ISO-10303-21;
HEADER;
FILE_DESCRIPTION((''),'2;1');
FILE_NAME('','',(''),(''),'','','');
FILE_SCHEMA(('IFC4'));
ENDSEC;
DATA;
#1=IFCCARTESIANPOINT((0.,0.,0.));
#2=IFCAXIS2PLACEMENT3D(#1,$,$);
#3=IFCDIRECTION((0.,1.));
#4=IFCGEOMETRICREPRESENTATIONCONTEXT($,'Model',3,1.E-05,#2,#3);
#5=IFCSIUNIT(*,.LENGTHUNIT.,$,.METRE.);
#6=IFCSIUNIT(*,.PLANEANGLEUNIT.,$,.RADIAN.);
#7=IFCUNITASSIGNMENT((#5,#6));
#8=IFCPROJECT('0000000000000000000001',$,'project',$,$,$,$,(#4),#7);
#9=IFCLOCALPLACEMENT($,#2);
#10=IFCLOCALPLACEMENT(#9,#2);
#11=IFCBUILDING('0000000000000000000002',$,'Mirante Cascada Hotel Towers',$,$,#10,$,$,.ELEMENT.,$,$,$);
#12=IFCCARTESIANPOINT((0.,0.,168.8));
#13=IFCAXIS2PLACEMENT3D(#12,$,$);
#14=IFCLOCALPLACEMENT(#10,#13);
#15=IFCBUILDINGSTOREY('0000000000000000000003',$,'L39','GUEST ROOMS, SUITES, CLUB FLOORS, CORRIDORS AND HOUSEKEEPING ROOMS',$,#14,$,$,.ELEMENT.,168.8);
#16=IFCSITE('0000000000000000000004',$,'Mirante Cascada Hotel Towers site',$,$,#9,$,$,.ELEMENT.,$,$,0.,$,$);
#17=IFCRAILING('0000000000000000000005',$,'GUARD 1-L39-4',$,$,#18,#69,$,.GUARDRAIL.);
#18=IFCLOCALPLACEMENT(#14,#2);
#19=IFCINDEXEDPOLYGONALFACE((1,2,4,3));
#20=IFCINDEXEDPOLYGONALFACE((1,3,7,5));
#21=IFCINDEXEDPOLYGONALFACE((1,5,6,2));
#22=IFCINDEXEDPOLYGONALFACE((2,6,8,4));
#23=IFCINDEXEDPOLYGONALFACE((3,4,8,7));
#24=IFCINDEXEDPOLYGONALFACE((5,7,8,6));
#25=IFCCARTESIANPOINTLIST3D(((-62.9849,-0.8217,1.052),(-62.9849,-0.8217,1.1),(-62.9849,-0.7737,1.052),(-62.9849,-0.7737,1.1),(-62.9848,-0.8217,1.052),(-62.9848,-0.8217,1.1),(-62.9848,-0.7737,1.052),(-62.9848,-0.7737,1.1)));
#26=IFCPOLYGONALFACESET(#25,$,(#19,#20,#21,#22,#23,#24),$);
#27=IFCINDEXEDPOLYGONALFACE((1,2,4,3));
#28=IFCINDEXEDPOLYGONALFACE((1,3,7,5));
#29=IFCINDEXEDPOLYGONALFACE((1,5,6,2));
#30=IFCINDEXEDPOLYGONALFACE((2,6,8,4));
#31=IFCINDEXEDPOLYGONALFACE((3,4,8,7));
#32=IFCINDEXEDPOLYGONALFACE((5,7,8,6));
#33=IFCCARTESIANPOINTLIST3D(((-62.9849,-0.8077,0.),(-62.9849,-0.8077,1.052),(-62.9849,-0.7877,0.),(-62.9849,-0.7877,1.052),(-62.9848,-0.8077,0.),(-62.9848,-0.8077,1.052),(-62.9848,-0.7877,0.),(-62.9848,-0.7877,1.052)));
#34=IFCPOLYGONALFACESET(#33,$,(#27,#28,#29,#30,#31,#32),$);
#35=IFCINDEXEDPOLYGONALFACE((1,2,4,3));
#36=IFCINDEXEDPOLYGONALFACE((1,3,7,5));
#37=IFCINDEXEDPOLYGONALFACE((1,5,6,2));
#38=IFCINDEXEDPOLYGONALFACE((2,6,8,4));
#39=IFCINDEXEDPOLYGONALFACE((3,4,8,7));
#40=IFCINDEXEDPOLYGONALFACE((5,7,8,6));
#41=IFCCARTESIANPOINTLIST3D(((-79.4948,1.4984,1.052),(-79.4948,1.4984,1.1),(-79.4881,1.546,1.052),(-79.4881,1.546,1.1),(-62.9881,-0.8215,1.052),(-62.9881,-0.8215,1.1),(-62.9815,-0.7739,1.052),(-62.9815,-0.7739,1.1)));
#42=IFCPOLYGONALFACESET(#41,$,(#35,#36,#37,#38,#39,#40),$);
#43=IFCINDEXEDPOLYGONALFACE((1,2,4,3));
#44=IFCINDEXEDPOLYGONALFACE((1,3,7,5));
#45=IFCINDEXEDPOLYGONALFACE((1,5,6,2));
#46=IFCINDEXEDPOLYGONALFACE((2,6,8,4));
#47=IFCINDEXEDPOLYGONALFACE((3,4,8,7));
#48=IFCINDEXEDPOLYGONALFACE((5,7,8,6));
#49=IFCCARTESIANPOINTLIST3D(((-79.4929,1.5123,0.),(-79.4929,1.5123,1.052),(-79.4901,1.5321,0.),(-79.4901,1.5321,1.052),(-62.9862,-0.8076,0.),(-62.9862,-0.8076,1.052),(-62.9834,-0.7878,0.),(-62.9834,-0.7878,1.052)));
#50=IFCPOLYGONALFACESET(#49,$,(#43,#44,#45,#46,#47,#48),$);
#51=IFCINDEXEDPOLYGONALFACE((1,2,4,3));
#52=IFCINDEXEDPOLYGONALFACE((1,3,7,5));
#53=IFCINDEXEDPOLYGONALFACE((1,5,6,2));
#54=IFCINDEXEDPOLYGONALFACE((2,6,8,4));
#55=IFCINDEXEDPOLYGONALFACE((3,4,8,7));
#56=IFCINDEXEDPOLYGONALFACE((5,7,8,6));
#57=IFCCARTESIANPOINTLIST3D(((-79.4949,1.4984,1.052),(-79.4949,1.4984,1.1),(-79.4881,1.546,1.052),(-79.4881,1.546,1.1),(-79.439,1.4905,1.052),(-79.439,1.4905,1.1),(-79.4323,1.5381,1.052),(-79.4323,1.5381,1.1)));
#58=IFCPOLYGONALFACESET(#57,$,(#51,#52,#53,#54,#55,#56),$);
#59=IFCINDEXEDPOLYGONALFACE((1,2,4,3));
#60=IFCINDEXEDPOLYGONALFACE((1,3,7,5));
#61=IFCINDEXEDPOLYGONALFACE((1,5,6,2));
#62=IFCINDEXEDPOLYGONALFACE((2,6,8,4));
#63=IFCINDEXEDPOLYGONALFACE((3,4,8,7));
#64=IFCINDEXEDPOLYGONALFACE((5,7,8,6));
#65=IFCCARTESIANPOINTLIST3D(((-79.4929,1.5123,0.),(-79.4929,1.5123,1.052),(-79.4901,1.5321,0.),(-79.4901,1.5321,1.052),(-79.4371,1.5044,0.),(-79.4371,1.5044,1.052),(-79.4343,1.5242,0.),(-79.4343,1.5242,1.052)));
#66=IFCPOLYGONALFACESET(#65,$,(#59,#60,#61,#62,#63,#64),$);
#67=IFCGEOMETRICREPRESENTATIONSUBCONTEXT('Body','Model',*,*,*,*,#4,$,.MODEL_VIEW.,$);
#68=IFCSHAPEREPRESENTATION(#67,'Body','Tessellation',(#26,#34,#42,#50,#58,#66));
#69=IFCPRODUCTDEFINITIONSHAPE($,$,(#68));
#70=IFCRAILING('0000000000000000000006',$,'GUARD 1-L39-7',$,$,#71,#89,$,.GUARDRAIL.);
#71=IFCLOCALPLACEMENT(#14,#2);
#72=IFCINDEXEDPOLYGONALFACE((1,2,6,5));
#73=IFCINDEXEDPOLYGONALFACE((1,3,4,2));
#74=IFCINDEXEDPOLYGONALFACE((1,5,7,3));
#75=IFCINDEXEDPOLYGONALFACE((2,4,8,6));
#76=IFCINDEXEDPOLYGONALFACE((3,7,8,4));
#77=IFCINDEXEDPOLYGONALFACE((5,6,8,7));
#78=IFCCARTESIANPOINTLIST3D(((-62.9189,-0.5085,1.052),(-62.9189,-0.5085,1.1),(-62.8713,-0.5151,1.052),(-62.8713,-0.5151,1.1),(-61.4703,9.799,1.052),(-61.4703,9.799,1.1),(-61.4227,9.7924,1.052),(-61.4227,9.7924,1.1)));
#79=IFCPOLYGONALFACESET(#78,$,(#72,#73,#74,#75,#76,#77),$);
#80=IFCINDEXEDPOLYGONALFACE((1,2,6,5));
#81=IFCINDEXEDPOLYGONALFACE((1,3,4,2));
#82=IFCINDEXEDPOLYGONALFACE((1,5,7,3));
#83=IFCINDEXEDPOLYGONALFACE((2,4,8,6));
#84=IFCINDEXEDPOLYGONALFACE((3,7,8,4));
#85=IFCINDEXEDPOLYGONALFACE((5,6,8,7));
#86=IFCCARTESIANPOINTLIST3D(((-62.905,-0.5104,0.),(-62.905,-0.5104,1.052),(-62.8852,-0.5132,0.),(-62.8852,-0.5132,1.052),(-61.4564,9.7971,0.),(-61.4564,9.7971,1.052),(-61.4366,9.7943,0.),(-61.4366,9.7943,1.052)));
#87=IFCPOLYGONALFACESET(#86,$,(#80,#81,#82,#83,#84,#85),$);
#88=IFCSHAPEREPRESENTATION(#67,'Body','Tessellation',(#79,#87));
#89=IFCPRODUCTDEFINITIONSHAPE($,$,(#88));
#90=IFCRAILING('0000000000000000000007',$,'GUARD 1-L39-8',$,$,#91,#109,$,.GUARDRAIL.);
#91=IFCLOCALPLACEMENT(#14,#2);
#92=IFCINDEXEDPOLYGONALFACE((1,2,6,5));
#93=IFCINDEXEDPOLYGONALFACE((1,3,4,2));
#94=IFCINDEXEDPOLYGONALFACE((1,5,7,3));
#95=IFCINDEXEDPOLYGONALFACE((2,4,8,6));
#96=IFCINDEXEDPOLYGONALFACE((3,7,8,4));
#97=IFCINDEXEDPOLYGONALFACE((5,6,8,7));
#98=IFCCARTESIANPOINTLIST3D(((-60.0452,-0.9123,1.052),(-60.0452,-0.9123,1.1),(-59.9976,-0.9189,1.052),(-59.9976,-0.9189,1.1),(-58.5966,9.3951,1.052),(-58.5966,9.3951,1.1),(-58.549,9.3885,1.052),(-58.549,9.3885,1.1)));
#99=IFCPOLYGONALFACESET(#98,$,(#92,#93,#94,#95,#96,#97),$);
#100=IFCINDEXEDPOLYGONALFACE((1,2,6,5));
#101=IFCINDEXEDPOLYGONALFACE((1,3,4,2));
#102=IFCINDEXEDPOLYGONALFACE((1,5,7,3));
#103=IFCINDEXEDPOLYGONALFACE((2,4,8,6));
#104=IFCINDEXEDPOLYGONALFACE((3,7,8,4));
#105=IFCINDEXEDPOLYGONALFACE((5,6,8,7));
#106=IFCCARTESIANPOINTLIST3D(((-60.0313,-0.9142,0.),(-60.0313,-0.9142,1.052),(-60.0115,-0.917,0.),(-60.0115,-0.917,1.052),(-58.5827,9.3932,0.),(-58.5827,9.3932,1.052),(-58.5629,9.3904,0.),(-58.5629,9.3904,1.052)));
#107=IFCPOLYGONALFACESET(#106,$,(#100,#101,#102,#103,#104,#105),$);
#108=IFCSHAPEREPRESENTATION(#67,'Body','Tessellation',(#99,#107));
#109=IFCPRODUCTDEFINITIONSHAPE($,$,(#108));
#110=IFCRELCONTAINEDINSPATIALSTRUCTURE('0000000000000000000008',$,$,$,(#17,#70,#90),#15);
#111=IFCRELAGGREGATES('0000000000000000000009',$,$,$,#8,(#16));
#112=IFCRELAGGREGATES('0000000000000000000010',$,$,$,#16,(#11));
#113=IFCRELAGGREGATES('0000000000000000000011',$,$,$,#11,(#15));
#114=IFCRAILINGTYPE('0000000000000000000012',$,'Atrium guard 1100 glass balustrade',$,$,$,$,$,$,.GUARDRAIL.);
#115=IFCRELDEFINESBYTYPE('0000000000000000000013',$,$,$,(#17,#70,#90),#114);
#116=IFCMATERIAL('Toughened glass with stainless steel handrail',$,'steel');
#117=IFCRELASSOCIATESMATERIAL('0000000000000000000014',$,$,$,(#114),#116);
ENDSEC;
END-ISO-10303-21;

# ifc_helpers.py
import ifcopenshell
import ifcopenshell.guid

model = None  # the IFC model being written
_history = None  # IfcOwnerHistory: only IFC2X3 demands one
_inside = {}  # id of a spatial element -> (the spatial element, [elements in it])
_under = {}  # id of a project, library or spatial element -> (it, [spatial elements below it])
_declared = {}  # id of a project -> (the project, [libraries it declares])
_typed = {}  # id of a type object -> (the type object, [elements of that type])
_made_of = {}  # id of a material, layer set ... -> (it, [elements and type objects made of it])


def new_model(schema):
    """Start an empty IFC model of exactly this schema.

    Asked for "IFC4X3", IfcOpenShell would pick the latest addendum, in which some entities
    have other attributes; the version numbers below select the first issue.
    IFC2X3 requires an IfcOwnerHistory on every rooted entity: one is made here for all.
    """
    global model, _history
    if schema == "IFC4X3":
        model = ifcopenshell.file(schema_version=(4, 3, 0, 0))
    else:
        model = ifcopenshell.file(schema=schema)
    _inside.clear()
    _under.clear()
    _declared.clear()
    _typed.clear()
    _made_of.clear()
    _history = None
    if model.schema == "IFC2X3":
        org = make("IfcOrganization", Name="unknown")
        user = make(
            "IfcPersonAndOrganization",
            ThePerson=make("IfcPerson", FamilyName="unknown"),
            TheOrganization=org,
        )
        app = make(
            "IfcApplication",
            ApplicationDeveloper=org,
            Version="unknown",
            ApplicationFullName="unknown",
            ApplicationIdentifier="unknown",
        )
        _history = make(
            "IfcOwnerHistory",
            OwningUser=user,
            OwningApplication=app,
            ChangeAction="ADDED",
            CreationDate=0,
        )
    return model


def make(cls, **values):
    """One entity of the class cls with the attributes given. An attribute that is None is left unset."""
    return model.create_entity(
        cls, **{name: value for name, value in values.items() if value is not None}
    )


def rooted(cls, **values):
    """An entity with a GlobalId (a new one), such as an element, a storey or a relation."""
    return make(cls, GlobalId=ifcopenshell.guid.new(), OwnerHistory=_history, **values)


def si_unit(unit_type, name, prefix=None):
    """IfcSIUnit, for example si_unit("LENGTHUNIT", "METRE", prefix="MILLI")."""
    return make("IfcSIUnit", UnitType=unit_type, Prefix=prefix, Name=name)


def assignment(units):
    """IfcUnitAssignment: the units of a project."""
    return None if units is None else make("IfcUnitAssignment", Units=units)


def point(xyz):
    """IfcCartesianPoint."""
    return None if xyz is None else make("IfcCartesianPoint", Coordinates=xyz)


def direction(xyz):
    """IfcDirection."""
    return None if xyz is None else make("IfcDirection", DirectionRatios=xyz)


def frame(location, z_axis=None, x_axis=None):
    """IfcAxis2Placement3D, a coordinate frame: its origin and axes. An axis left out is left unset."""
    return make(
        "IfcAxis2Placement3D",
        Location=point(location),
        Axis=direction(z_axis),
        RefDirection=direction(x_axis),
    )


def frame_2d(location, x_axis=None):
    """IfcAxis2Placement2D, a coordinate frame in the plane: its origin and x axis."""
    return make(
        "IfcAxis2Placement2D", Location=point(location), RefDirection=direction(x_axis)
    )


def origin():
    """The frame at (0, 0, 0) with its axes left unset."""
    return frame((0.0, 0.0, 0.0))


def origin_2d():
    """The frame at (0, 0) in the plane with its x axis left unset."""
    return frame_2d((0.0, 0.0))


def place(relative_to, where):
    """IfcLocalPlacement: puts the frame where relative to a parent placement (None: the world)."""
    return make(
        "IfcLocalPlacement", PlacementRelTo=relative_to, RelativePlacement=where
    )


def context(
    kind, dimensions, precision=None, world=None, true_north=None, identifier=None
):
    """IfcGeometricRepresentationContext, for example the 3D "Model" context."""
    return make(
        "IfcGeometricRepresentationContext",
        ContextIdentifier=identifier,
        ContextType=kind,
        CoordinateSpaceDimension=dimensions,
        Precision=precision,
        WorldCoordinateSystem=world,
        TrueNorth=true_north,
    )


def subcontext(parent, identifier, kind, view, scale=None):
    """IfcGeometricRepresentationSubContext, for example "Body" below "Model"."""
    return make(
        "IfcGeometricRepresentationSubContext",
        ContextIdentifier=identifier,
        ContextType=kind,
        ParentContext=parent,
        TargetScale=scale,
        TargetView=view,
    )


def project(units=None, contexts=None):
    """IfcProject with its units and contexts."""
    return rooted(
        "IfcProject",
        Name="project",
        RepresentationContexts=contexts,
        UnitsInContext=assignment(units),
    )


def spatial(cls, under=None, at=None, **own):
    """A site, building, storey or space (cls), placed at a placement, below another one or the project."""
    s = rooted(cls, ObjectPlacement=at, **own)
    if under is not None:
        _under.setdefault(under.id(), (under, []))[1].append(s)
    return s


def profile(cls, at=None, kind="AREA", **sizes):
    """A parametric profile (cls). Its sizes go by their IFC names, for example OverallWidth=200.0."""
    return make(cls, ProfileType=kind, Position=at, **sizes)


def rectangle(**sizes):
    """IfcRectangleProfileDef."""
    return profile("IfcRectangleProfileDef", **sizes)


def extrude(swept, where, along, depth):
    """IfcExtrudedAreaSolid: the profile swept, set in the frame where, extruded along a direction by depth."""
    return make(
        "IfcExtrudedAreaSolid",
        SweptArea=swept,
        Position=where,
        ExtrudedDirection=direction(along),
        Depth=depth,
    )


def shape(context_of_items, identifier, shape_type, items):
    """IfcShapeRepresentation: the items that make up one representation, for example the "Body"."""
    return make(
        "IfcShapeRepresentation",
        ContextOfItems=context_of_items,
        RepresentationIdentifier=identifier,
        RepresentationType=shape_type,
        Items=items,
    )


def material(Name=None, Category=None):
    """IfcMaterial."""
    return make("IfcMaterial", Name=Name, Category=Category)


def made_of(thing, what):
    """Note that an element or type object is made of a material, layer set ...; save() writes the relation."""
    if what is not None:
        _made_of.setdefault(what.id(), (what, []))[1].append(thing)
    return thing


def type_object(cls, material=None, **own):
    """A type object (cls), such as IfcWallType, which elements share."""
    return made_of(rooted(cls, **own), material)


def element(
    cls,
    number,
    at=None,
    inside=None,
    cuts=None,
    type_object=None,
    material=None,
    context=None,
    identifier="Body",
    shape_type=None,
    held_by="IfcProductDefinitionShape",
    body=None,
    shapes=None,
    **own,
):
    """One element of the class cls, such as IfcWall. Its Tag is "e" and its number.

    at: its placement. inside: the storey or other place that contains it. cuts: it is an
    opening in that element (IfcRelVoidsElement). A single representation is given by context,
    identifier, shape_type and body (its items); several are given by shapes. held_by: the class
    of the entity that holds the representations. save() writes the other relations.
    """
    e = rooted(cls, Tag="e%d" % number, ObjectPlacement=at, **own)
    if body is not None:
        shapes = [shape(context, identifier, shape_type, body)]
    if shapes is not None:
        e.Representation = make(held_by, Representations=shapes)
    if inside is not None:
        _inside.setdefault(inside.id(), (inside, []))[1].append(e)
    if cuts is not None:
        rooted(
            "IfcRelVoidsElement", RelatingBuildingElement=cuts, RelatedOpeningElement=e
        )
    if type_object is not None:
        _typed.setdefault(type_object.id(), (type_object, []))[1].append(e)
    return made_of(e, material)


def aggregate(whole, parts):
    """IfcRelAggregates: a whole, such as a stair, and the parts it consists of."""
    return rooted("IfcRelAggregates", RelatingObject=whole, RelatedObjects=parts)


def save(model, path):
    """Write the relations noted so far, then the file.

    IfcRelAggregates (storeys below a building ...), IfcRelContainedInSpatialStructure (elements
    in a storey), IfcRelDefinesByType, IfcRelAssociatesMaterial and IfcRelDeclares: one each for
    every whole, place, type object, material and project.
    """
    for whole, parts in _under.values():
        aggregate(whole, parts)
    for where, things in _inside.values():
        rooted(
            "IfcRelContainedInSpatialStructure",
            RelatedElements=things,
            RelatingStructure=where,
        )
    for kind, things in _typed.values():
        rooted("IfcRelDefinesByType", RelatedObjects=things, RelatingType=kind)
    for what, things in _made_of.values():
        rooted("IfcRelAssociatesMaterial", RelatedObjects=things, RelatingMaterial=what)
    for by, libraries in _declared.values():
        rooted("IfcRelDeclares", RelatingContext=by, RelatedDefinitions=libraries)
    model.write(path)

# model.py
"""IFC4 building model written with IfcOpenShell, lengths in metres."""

from ifc_helpers import new_model, si_unit, direction, frame, origin, origin_2d, place, context, subcontext, project, spatial, rectangle, extrude, material, type_object, element, save


model = new_model("IFC4")

# Units and contexts
model_context = context("Model", 3, precision=1e-05, world=origin(), true_north=direction((0.0, 1.0)))
body_context = subcontext(model_context, "Body", "Model", "MODEL_VIEW")
ifc_project = project(units=[si_unit("LENGTHUNIT", "METRE"), si_unit("PLANEANGLEUNIT", "RADIAN")], contexts=[model_context])

# Site, building, storey
site_placement = place(None, origin())
site = spatial("IfcSite", under=ifc_project, at=site_placement, Name="Mirante Cascada Hotel Towers site", CompositionType="ELEMENT", RefElevation=0.0)
building_placement = place(site_placement, origin())
building = spatial("IfcBuilding", under=site, at=building_placement, Name="Mirante Cascada Hotel Towers", CompositionType="ELEMENT")
storey_placement = place(building_placement, frame((0.0, 0.0, 168.8)))
storey = spatial("IfcBuildingStorey", under=building, at=storey_placement, Name="L39", Description="GUEST ROOMS, SUITES, CLUB FLOORS, CORRIDORS AND HOUSEKEEPING ROOMS", CompositionType="ELEMENT", Elevation=168.8)

# Railings
ifc_material_1 = material(Name="Toughened glass with stainless steel handrail", Category="steel")
railing_type = type_object("IfcRailingType", Name="Atrium guard 1100 glass balustrade", PredefinedType="GUARDRAIL", material=ifc_material_1)
railing_1_placement = place(storey_placement, frame((-62.9849, -0.7977, 0.0)))
element("IfcRailing", 1, at=railing_1_placement, inside=storey, type_object=railing_type, Name="GUARD 1-L39-4", PredefinedType="GUARDRAIL", context=body_context, shape_type="SweptSolid", body=[
    extrude(rectangle(XDim=0.048, YDim=0.048, at=origin_2d()), frame((0.0, 0.0, 1.076), z_axis=(1.0, 0.0, 0.0), x_axis=(0.0, 1.0, 0.0)), (0.0, 0.0, 1.0), 0.0001),
    extrude(rectangle(XDim=0.02, YDim=1.052, at=origin_2d()), frame((0.0, 0.0, 0.526), z_axis=(1.0, 0.0, 0.0), x_axis=(0.0, 1.0, 0.0)), (0.0, 0.0, 1.0), 0.0001),
    extrude(rectangle(XDim=0.048, YDim=0.048, at=origin_2d()), frame((0.0001, 0.0, 1.076), z_axis=(-0.990268, 0.139175, 0.0), x_axis=(-0.139175, -0.990268, 0.0)), (0.0, 0.0, 1.0), 16.6689),
    extrude(rectangle(XDim=0.02, YDim=1.052, at=origin_2d()), frame((0.0001, 0.0, 0.526), z_axis=(-0.990268, 0.139175, 0.0), x_axis=(-0.139175, -0.990268, 0.0)), (0.0, 0.0, 1.0), 16.6689),
    extrude(rectangle(XDim=0.048, YDim=0.048, at=origin_2d()), frame((-16.5066, 2.3199, 1.076), z_axis=(0.990126, -0.140179, 0.0), x_axis=(0.140179, 0.990126, 0.0)), (0.0, 0.0, 1.0), 0.0564),
    extrude(rectangle(XDim=0.02, YDim=1.052, at=origin_2d()), frame((-16.5066, 2.3199, 0.526), z_axis=(0.990126, -0.140179, 0.0), x_axis=(0.140179, 0.990126, 0.0)), (0.0, 0.0, 1.0), 0.0564),
])
railing_2_placement = place(storey_placement, frame((-62.8951, -0.5118, 0.0)))
element("IfcRailing", 2, at=railing_2_placement, inside=storey, type_object=railing_type, Name="GUARD 1-L39-7", PredefinedType="GUARDRAIL", context=body_context, shape_type="SweptSolid", body=[
    extrude(rectangle(XDim=0.048, YDim=0.048, at=origin_2d()), frame((0.0, 0.0, 1.076), z_axis=(0.139171, 0.990268, 0.0), x_axis=(-0.990268, 0.139171, 0.0)), (0.0, 0.0, 1.0), 10.4088),
    extrude(rectangle(XDim=0.02, YDim=1.052, at=origin_2d()), frame((0.0, 0.0, 0.526), z_axis=(0.139171, 0.990268, 0.0), x_axis=(-0.990268, 0.139171, 0.0)), (0.0, 0.0, 1.0), 10.4088),
])
railing_3_placement = place(storey_placement, frame((-58.5728, 9.3918, 0.0)))
element("IfcRailing", 3, at=railing_3_placement, inside=storey, type_object=railing_type, Name="GUARD 1-L39-8", PredefinedType="GUARDRAIL", context=body_context, shape_type="SweptSolid", body=[
    extrude(rectangle(XDim=0.048, YDim=0.048, at=origin_2d()), frame((0.0, 0.0, 1.076), z_axis=(-0.139172, -0.990268, 0.0), x_axis=(0.990268, -0.139172, 0.0)), (0.0, 0.0, 1.0), 10.4087),
    extrude(rectangle(XDim=0.02, YDim=1.052, at=origin_2d()), frame((0.0, 0.0, 0.526), z_axis=(-0.139172, -0.990268, 0.0), x_axis=(0.990268, -0.139172, 0.0)), (0.0, 0.0, 1.0), 10.4087),
])

save(model, "model.ifc")
